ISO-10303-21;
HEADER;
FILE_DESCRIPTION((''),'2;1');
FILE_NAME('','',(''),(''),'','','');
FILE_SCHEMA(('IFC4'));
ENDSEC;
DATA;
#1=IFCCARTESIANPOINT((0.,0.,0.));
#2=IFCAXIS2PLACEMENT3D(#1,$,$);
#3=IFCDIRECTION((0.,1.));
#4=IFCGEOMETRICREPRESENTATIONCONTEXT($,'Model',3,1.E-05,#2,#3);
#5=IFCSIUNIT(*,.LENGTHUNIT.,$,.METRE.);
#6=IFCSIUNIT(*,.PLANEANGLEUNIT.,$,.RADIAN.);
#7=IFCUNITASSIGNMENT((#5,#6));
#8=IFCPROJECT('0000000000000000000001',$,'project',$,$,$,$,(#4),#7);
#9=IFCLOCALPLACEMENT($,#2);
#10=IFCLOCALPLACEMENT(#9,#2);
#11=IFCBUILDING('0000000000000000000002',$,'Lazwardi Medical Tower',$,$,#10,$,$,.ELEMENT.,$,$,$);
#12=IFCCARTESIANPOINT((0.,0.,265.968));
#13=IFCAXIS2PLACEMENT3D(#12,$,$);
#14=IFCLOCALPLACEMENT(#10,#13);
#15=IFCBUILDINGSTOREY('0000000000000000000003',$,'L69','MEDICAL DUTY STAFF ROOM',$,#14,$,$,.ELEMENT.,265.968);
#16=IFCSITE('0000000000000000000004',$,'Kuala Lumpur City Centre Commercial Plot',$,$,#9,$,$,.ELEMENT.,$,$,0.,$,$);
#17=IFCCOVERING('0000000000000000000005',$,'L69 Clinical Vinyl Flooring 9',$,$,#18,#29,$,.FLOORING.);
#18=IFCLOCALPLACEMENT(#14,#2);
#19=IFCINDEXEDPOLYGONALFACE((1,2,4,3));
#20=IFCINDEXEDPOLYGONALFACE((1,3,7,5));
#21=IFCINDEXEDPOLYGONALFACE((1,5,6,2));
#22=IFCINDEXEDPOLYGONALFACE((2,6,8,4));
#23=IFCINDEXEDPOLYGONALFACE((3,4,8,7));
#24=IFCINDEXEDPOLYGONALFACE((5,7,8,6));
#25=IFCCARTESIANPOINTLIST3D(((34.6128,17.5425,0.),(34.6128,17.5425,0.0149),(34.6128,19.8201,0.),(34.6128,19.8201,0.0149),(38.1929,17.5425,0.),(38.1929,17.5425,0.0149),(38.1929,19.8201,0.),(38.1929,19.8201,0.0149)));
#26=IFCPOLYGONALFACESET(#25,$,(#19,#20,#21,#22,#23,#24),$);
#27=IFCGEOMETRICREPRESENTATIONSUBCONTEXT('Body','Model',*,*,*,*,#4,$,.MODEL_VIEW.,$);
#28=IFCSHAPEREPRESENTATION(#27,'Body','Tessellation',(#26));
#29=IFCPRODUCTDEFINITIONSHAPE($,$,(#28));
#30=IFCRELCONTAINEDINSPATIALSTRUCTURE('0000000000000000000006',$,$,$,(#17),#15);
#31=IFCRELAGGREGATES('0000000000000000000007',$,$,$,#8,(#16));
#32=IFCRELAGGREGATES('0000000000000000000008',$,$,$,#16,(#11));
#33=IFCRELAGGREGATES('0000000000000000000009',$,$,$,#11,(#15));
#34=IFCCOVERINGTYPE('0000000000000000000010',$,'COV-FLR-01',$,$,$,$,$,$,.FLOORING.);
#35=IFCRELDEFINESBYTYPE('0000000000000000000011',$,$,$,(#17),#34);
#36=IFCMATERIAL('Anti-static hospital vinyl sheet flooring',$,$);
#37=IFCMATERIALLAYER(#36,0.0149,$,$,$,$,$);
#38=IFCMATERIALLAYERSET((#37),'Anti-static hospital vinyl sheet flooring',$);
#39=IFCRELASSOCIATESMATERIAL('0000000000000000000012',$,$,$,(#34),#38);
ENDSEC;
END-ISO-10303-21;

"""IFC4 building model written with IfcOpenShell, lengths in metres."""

from ifc_helpers import new_model, si_unit, direction, frame, origin, place, context, subcontext, project, spatial, polyline, outline, extrude, material, layer, layer_set, type_object, element, save


model = new_model("IFC4")

# Units and contexts
model_context = context("Model", 3, precision=1e-05, world=origin(), true_north=direction((0.0, 1.0)))
body_context = subcontext(model_context, "Body", "Model", "MODEL_VIEW")
ifc_project = project(units=[si_unit("LENGTHUNIT", "METRE"), si_unit("PLANEANGLEUNIT", "RADIAN")], contexts=[model_context])

# Site, building, storey
site_placement = place(None, origin())
site = spatial("IfcSite", under=ifc_project, at=site_placement, Name="Kuala Lumpur City Centre Commercial Plot", CompositionType="ELEMENT", RefElevation=0.0)
building_placement = place(site_placement, origin())
building = spatial("IfcBuilding", under=site, at=building_placement, Name="Lazwardi Medical Tower", CompositionType="ELEMENT")
storey_placement = place(building_placement, frame((0.0, 0.0, 265.968)))
storey = spatial("IfcBuildingStorey", under=building, at=storey_placement, Name="L69", Description="MEDICAL DUTY STAFF ROOM", CompositionType="ELEMENT", Elevation=265.968)

# Covering
ifc_material_1 = material(Name="Anti-static hospital vinyl sheet flooring")
ifc_layer_1 = layer(ifc_material_1, 0.0149)
ifc_layer_set_1 = layer_set([ifc_layer_1], Name="Anti-static hospital vinyl sheet flooring")
covering_type_1 = type_object("IfcCoveringType", Name="COV-FLR-01", PredefinedType="FLOORING", material=ifc_layer_set_1)
covering_1_placement = place(storey_placement, origin())
element("IfcCovering", 1, at=covering_1_placement, inside=storey, type_object=covering_type_1, Name="L69 Clinical Vinyl Flooring 9", PredefinedType="FLOORING", context=body_context, shape_type="SweptSolid", body=[
    extrude(outline(polyline([(38.1929, 19.8201), (34.6128, 19.8201), (34.6128, 17.5425), (38.1929, 17.5425), (38.1929, 19.8201)])), origin(), (0.0, 0.0, 1.0), 0.0149),
])

save(model, "model.ifc")
